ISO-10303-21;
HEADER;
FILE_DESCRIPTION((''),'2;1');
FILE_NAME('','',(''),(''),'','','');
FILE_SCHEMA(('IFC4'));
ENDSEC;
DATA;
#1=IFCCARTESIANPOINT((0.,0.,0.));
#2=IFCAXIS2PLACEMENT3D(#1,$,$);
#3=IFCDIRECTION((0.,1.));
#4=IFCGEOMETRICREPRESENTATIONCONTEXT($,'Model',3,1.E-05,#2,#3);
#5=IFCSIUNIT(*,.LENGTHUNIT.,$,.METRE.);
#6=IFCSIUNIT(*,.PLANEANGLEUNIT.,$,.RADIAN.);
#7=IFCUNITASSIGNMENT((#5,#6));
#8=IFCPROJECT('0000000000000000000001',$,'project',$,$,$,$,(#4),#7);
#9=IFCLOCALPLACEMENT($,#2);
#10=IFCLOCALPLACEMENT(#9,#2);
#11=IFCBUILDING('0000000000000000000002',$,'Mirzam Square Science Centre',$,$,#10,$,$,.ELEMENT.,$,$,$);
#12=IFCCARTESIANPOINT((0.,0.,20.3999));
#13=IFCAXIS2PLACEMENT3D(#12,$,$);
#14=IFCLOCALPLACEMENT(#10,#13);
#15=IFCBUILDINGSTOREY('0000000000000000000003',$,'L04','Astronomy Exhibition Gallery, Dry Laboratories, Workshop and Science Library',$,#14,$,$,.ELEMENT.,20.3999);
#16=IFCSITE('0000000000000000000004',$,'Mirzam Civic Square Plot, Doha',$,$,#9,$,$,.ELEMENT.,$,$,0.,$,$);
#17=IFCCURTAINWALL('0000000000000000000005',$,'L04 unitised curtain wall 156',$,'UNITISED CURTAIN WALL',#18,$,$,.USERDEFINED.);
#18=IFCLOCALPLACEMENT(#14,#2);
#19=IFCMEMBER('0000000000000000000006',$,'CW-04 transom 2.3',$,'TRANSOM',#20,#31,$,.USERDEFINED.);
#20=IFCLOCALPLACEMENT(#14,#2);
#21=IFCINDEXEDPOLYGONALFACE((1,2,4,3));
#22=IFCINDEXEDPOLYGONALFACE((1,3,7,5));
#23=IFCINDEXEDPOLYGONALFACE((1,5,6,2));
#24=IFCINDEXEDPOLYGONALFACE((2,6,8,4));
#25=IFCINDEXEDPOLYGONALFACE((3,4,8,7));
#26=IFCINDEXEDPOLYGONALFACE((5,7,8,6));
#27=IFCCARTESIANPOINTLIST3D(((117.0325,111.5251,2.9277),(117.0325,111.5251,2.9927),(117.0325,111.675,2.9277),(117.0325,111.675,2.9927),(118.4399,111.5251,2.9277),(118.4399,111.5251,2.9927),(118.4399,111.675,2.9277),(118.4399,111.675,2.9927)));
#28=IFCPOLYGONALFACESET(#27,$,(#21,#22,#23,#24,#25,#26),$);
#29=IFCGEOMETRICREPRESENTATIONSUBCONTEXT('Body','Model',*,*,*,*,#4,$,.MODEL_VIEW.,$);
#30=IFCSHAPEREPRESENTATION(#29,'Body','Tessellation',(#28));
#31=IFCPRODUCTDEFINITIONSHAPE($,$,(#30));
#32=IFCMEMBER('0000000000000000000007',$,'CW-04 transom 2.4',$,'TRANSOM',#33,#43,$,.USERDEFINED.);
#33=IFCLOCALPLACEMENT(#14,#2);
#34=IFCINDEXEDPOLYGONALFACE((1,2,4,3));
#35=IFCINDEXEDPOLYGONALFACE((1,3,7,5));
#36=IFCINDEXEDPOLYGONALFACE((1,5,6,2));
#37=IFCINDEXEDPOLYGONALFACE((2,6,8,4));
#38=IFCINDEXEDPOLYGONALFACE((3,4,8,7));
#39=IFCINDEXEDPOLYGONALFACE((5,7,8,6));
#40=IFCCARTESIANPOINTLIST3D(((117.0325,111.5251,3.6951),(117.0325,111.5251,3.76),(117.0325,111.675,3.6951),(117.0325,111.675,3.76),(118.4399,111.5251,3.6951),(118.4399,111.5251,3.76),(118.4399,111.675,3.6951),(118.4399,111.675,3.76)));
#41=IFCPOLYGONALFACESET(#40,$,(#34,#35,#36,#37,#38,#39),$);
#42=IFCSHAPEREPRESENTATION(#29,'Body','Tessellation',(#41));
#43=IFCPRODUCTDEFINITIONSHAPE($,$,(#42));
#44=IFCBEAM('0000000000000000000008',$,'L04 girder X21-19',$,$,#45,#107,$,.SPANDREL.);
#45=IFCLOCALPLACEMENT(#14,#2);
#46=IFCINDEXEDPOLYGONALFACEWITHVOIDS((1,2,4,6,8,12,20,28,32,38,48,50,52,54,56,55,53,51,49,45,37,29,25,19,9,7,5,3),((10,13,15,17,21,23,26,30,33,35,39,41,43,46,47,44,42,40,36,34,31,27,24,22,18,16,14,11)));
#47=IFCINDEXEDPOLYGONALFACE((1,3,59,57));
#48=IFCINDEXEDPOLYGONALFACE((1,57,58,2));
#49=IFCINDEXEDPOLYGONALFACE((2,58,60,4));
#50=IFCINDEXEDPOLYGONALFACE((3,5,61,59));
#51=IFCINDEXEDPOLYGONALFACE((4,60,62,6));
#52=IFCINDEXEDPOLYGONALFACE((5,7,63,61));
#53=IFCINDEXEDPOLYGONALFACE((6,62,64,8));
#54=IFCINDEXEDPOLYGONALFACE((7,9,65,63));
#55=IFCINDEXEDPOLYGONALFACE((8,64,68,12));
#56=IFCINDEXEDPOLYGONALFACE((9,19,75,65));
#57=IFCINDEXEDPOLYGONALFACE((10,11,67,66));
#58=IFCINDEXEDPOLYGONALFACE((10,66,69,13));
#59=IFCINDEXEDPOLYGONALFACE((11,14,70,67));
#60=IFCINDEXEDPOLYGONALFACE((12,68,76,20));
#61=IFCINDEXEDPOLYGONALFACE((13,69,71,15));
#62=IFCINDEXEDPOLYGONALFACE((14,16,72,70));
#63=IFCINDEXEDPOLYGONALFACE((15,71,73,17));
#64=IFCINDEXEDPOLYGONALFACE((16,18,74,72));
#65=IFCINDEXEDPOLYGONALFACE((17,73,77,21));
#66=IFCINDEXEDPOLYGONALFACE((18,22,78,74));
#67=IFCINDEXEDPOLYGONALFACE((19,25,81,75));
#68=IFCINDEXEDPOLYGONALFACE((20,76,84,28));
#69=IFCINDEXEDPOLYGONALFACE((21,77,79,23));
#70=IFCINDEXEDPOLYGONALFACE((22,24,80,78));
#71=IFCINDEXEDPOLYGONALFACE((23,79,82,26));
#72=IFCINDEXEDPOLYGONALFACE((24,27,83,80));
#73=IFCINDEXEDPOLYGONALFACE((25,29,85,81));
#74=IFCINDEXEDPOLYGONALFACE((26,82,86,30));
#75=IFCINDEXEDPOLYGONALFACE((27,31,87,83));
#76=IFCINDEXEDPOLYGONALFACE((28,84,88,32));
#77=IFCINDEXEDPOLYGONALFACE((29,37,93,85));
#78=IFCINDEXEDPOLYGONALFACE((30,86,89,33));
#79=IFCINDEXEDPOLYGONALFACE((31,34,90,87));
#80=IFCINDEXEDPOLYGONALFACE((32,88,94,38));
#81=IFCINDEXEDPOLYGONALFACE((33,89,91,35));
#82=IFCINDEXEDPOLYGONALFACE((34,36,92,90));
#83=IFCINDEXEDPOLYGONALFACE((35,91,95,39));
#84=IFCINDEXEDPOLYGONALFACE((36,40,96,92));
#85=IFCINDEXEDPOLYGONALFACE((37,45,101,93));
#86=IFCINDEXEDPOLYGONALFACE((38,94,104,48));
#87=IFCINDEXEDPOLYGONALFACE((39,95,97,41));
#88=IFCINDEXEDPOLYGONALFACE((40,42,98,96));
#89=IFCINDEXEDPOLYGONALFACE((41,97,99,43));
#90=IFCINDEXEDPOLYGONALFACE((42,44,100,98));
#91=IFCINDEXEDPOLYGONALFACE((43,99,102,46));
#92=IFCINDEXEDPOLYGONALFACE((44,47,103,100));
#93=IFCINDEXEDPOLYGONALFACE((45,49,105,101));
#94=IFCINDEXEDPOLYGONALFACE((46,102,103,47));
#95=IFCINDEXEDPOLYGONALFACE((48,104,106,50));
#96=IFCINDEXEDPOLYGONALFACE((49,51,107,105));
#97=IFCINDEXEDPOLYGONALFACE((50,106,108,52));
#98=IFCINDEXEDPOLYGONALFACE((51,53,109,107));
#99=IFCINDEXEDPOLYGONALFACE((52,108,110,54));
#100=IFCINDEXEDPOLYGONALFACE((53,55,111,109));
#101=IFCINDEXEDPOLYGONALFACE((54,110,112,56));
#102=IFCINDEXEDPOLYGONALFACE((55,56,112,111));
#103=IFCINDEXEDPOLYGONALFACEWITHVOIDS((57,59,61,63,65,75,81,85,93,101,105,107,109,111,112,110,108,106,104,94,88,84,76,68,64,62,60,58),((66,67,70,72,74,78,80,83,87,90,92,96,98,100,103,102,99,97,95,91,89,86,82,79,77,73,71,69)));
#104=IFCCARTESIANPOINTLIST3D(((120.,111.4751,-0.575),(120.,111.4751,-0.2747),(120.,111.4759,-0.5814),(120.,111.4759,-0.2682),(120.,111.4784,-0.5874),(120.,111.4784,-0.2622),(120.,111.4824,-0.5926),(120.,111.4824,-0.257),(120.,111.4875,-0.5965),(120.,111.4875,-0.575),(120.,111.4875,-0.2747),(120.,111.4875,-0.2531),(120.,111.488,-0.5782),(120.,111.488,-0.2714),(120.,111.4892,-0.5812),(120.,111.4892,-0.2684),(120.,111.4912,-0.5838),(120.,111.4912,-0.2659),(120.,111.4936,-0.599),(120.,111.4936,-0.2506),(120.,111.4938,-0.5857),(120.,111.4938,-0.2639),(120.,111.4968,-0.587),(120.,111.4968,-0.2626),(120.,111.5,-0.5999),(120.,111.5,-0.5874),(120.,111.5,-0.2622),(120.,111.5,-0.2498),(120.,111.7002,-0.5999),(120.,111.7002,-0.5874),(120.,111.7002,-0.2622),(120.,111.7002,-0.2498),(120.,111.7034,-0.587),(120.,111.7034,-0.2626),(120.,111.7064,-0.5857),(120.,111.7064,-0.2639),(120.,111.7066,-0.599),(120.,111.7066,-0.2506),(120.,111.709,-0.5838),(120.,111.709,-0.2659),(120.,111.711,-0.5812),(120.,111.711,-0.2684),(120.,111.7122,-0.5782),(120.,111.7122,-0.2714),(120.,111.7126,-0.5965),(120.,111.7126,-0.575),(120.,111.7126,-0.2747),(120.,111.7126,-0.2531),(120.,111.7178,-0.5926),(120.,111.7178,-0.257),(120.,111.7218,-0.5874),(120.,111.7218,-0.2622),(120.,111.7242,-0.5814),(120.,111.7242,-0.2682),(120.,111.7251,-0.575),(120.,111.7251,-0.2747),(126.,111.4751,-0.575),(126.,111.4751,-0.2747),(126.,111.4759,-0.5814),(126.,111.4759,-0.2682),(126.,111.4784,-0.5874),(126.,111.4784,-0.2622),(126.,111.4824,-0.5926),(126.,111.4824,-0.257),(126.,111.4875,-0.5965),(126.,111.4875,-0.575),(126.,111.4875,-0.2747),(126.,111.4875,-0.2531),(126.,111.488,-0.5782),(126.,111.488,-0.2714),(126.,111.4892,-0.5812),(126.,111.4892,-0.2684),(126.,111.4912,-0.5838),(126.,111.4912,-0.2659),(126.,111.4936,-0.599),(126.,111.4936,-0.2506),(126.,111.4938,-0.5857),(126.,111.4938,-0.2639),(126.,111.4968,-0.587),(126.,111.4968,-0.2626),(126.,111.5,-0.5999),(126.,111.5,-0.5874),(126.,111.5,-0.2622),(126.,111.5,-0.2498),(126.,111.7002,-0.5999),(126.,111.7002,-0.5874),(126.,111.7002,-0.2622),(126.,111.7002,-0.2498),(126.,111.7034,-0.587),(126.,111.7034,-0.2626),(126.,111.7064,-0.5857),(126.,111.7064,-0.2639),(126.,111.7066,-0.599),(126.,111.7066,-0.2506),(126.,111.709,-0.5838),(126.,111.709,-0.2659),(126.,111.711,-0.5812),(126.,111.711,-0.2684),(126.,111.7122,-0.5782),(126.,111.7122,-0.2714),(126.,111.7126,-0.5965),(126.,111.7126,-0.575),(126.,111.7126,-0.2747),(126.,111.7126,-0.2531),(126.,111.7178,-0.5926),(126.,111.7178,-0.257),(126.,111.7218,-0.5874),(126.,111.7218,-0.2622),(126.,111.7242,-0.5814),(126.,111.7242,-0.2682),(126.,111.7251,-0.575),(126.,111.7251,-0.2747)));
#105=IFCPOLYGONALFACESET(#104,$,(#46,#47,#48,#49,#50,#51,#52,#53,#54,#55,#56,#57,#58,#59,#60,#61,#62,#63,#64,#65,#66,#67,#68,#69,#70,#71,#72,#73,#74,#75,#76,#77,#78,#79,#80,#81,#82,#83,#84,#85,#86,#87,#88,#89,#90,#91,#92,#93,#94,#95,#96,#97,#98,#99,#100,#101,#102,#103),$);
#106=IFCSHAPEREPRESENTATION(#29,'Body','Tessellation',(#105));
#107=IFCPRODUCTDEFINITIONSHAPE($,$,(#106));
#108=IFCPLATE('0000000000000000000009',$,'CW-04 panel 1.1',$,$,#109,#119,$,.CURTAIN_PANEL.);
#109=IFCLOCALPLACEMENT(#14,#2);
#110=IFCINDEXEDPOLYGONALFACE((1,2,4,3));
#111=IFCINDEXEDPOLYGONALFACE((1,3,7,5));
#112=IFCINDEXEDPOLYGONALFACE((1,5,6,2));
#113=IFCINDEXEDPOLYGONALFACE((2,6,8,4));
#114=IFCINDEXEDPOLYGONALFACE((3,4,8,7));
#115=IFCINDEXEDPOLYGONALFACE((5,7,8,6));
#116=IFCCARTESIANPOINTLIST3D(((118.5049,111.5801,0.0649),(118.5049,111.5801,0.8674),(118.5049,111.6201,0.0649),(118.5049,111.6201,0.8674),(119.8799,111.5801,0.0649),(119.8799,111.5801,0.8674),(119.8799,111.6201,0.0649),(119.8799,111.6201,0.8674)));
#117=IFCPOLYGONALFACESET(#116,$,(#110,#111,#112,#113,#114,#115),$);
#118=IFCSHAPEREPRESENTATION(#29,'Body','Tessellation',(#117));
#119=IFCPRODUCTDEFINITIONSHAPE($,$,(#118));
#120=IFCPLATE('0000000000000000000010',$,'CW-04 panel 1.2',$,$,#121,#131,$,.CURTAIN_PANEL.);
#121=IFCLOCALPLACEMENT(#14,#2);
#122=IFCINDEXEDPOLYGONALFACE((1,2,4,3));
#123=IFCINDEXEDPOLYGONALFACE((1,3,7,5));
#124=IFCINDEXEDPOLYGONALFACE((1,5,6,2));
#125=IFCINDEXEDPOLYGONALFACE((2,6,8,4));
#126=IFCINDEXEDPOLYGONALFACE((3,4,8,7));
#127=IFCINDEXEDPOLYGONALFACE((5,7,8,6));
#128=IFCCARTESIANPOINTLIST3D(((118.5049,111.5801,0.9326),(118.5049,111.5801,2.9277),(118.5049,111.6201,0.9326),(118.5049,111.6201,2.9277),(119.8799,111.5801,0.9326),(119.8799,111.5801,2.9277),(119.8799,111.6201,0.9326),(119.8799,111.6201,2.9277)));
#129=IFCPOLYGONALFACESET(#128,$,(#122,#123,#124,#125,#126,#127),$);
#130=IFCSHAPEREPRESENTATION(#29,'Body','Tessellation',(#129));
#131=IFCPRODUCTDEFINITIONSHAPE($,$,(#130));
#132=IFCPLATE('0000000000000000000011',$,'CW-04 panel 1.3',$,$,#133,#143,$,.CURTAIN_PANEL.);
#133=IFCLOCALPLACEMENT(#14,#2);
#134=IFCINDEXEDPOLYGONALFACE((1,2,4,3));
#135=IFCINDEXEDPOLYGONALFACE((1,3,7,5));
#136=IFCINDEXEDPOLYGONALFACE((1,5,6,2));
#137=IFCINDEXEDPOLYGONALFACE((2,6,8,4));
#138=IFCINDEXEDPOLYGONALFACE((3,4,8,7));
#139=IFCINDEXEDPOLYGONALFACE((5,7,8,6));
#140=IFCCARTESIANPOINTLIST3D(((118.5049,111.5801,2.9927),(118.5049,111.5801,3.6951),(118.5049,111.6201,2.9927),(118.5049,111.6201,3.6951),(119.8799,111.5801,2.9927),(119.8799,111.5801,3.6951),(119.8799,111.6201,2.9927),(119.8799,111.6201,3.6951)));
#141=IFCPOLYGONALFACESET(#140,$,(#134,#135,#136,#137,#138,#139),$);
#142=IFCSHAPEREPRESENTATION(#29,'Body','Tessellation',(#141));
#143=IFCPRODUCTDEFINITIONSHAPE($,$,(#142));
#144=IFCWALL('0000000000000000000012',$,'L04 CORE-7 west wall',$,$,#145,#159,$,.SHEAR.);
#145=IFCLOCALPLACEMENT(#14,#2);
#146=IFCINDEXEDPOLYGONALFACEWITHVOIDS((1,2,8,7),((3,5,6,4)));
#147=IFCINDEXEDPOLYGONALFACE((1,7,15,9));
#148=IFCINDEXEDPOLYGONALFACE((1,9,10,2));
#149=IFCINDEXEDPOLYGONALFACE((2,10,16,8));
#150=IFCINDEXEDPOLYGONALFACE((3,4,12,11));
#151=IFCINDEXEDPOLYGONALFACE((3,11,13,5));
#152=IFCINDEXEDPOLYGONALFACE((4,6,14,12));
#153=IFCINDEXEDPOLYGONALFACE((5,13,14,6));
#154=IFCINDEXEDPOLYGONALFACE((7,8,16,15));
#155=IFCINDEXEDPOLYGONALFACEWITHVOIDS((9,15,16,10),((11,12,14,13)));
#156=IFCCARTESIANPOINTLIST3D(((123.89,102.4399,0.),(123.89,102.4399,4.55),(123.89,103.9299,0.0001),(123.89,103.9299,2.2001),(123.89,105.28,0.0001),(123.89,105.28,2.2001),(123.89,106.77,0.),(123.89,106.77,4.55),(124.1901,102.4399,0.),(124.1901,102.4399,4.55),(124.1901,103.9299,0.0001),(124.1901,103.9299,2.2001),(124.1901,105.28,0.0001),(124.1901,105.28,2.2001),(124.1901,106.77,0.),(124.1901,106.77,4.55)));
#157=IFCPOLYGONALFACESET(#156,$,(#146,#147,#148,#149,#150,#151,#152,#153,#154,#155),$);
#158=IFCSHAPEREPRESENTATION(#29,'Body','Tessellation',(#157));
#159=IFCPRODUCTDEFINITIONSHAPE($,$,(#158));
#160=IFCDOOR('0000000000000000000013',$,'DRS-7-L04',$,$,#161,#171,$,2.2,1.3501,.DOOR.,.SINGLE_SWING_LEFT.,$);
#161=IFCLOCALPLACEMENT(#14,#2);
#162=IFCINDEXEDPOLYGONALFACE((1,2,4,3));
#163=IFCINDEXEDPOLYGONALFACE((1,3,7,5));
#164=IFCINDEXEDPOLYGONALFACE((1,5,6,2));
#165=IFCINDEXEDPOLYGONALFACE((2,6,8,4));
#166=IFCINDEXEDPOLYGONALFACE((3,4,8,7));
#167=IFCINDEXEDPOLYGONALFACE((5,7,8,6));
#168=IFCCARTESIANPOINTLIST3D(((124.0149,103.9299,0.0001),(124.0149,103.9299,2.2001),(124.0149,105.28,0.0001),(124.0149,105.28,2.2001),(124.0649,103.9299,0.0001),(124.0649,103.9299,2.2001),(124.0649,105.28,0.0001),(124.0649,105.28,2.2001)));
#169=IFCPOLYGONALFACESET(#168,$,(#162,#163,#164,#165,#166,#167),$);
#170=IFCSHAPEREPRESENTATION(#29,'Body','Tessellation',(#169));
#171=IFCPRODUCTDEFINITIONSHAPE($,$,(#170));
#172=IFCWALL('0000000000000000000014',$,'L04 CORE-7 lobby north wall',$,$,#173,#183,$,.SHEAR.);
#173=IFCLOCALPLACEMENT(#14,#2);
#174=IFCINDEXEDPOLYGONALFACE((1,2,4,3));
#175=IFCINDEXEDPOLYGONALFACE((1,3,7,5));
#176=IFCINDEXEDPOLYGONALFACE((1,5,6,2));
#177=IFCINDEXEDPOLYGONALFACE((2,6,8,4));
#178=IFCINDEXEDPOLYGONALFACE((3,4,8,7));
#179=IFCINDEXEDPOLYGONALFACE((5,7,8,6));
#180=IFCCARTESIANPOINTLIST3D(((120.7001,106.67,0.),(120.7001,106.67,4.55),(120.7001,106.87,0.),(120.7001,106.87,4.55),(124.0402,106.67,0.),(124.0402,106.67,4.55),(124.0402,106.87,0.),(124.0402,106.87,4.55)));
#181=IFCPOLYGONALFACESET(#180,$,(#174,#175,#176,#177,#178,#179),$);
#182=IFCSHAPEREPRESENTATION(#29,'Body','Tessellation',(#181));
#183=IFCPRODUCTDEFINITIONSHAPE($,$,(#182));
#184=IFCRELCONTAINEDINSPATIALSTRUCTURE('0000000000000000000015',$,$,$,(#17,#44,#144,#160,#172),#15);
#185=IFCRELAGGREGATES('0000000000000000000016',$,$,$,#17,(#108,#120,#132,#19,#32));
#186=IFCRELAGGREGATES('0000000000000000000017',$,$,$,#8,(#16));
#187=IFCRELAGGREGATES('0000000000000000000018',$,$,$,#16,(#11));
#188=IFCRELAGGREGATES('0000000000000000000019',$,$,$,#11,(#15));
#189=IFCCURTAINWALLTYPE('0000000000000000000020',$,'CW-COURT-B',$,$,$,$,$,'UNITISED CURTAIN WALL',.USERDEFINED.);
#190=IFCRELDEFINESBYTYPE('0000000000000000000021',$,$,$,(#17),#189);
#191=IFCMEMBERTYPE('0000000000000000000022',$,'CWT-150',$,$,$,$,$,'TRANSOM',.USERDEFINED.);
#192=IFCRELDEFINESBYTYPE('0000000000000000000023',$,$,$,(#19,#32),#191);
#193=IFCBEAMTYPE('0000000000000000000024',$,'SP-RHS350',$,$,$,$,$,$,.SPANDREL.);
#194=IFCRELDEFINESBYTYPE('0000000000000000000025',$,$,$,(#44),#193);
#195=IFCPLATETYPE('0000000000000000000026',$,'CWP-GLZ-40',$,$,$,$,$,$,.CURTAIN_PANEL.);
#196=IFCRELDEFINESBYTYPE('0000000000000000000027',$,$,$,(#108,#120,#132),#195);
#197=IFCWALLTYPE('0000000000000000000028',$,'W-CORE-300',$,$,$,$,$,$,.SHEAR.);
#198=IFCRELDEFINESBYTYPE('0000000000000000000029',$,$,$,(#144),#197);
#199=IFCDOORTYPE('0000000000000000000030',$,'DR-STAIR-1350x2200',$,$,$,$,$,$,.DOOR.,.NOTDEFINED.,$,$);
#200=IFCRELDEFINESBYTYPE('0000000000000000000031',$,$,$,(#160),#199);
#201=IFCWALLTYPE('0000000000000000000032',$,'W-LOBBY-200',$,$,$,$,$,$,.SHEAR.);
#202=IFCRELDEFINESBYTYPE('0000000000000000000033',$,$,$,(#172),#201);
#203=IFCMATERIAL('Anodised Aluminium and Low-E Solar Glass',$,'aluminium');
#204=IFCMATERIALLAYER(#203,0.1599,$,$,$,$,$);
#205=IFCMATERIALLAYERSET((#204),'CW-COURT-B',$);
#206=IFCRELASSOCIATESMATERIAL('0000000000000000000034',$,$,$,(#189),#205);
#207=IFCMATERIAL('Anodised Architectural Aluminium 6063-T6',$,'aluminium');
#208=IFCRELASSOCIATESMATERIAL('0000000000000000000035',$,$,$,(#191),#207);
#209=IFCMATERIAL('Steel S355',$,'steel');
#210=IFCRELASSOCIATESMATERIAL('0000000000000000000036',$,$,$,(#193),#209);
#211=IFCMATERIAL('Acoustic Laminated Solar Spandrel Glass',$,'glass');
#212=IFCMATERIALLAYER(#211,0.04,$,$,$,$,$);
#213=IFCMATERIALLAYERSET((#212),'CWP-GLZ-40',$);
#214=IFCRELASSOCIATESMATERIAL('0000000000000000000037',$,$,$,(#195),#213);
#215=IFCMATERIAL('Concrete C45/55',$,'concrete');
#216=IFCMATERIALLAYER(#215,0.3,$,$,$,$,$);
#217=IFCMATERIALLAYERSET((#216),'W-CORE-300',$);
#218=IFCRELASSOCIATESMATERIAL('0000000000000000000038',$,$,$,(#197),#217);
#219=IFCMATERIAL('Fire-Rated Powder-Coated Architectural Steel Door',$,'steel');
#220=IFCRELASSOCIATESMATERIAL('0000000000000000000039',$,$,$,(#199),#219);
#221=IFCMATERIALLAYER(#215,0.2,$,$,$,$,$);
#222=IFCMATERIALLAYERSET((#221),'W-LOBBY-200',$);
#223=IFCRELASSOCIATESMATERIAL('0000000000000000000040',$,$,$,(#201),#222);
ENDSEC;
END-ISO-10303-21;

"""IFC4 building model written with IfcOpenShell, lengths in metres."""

from ifc_helpers import new_model, si_unit, direction, frame, frame_2d, origin, origin_2d, place, context, subcontext, project, spatial, rectangle, hollow_rectangle, extrude, material, layer, layer_set, material_profile, profile_set, type_object, element, fill, aggregate, save


model = new_model("IFC4")

# Units and contexts
model_context = context("Model", 3, precision=1e-05, world=origin(), true_north=direction((0.0, 1.0)))
body_context = subcontext(model_context, "Body", "Model", "MODEL_VIEW")
ifc_project = project(units=[si_unit("LENGTHUNIT", "METRE"), si_unit("PLANEANGLEUNIT", "RADIAN")], contexts=[model_context])

# Site, building, storey
site_placement = place(None, origin())
site = spatial("IfcSite", under=ifc_project, at=site_placement, Name="Mirzam Civic Square Plot, Doha", CompositionType="ELEMENT", RefElevation=0.0)
building_placement = place(site_placement, origin())
building = spatial("IfcBuilding", under=site, at=building_placement, Name="Mirzam Square Science Centre", CompositionType="ELEMENT")
storey_placement = place(building_placement, frame((0.0, 0.0, 20.3999)))
storey = spatial("IfcBuildingStorey", under=building, at=storey_placement, Name="L04", Description="Astronomy Exhibition Gallery, Dry Laboratories, Workshop and Science Library", CompositionType="ELEMENT", Elevation=20.3999)

# Shared definitions
ifc_material_1 = material(Name="Steel S355", Category="steel")

# Curtain wall, members
ifc_material_2 = material(Name="Anodised Aluminium and Low-E Solar Glass", Category="aluminium")
ifc_layer_1 = layer(ifc_material_2, 0.1599)
ifc_layer_set_1 = layer_set([ifc_layer_1], Name="CW-COURT-B")
curtain_wall_type = type_object("IfcCurtainWallType", Name="CW-COURT-B", ElementType="UNITISED CURTAIN WALL", PredefinedType="USERDEFINED", material=ifc_layer_set_1)
curtain_wall_placement = place(storey_placement, origin())
curtain_wall = element("IfcCurtainWall", 1, at=curtain_wall_placement, inside=storey, type_object=curtain_wall_type, Name="L04 unitised curtain wall 156", ObjectType="UNITISED CURTAIN WALL", PredefinedType="USERDEFINED")
ifc_material_3 = material(Name="Anodised Architectural Aluminium 6063-T6", Category="aluminium")
ifc_material_profile_1 = material_profile(ifc_material_3, rectangle(XDim=0.1499, YDim=0.0649, at=origin_2d()), Name="ALU-TRAN-150x65x4")
ifc_profile_set_1 = profile_set([ifc_material_profile_1], Name="Anodised Architectural Aluminium 6063-T6")
member_type_1 = type_object("IfcMemberType", Name="CWT-150", ElementType="TRANSOM", PredefinedType="USERDEFINED", material=ifc_profile_set_1)
member_1_placement = place(storey_placement, frame((118.4399, 111.6001, 2.9602), z_axis=(-1.0, 0.0, 0.0), x_axis=(0.0, -1.0, 0.0)))
member_1 = element("IfcMember", 2, at=member_1_placement, type_object=member_type_1, Name="CW-04 transom 2.3", ObjectType="TRANSOM", PredefinedType="USERDEFINED", context=body_context, shape_type="SweptSolid", body=[
    extrude(rectangle(XDim=0.1499, YDim=0.0649, at=origin_2d()), origin(), (0.0, 0.0, 1.0), 1.4075),
])
member_2_placement = place(storey_placement, frame((118.4399, 111.6001, 3.7275), z_axis=(-1.0, 0.0, 0.0), x_axis=(0.0, -1.0, 0.0)))
member_2 = element("IfcMember", 3, at=member_2_placement, type_object=member_type_1, Name="CW-04 transom 2.4", ObjectType="TRANSOM", PredefinedType="USERDEFINED", context=body_context, shape_type="SweptSolid", body=[
    extrude(rectangle(XDim=0.1499, YDim=0.0649, at=origin_2d()), origin(), (0.0, 0.0, 1.0), 1.4075),
])

# Beam
ifc_material_profile_2 = material_profile(ifc_material_1, hollow_rectangle(XDim=0.25, YDim=0.3501, WallThickness=0.0125, InnerFilletRadius=0.0125, OuterFilletRadius=0.0249, at=origin_2d()), Name="350x250x12.5RHS")
ifc_profile_set_2 = profile_set([ifc_material_profile_2], Name="Steel S355")
beam_type = type_object("IfcBeamType", Name="SP-RHS350", PredefinedType="SPANDREL", material=ifc_profile_set_2)
beam_placement = place(storey_placement, frame((120.0, 111.6001, -0.4248), z_axis=(1.0, 0.0, 0.0), x_axis=(0.0, 1.0, 0.0)))
element("IfcBeam", 4, at=beam_placement, inside=storey, type_object=beam_type, Name="L04 girder X21-19", PredefinedType="SPANDREL", context=body_context, shape_type="SweptSolid", body=[
    extrude(hollow_rectangle(XDim=0.25, YDim=0.3501, WallThickness=0.0125, InnerFilletRadius=0.0125, OuterFilletRadius=0.0249, at=origin_2d()), origin(), (0.0, 0.0, 1.0), 6.0),
])

# Plates
ifc_material_4 = material(Name="Acoustic Laminated Solar Spandrel Glass", Category="glass")
ifc_layer_2 = layer(ifc_material_4, 0.04)
ifc_layer_set_2 = layer_set([ifc_layer_2], Name="CWP-GLZ-40")
plate_type = type_object("IfcPlateType", Name="CWP-GLZ-40", PredefinedType="CURTAIN_PANEL", material=ifc_layer_set_2)
plate_1_placement = place(storey_placement, frame((119.1924, 111.6001, 0.0649), z_axis=(0.0, 0.0, 1.0), x_axis=(-1.0, 0.0, 0.0)))
plate_1 = element("IfcPlate", 5, at=plate_1_placement, type_object=plate_type, Name="CW-04 panel 1.1", PredefinedType="CURTAIN_PANEL", context=body_context, shape_type="SweptSolid", body=[
    extrude(rectangle(XDim=1.375, YDim=0.04, at=origin_2d()), origin(), (0.0, 0.0, 1.0), 0.8025),
])
plate_2_placement = place(storey_placement, frame((119.1924, 111.6001, 0.9326), z_axis=(0.0, 0.0, 1.0), x_axis=(-1.0, 0.0, 0.0)))
plate_2 = element("IfcPlate", 6, at=plate_2_placement, type_object=plate_type, Name="CW-04 panel 1.2", PredefinedType="CURTAIN_PANEL", context=body_context, shape_type="SweptSolid", body=[
    extrude(rectangle(XDim=1.375, YDim=0.04, at=origin_2d()), origin(), (0.0, 0.0, 1.0), 1.9951),
])
plate_3_placement = place(storey_placement, frame((119.1924, 111.6001, 2.9927), z_axis=(0.0, 0.0, 1.0), x_axis=(-1.0, 0.0, 0.0)))
plate_3 = element("IfcPlate", 7, at=plate_3_placement, type_object=plate_type, Name="CW-04 panel 1.3", PredefinedType="CURTAIN_PANEL", context=body_context, shape_type="SweptSolid", body=[
    extrude(rectangle(XDim=1.375, YDim=0.04, at=origin_2d()), origin(), (0.0, 0.0, 1.0), 0.7024),
])
aggregate(curtain_wall, [plate_1, plate_2, plate_3, member_1, member_2])

# Wall, opening, door
ifc_material_5 = material(Name="Concrete C45/55", Category="concrete")
ifc_layer_3 = layer(ifc_material_5, 0.3)
ifc_layer_set_3 = layer_set([ifc_layer_3], Name="W-CORE-300")
wall_type_1 = type_object("IfcWallType", Name="W-CORE-300", PredefinedType="SHEAR", material=ifc_layer_set_3)
wall_1_placement = place(storey_placement, frame((124.04, 106.77, 0.0), z_axis=(0.0, 0.0, 1.0), x_axis=(0.0, -1.0, 0.0)))
wall_1 = element("IfcWall", 8, at=wall_1_placement, inside=storey, type_object=wall_type_1, Name="L04 CORE-7 west wall", PredefinedType="SHEAR", context=body_context, shape_type="SweptSolid", body=[
    extrude(rectangle(XDim=4.3301, YDim=0.3, at=frame_2d((2.165, 0.0))), origin(), (0.0, 0.0, 1.0), 4.55),
])
opening_placement = place(wall_1_placement, frame((1.49, 0.0, 0.0)))
opening = element("IfcOpeningElement", 9, at=opening_placement, cuts=wall_1, PredefinedType="OPENING", context=body_context, shape_type="SweptSolid", body=[
    extrude(rectangle(XDim=1.3501, YDim=2.2, at=frame_2d((0.675, 1.1001))), frame((0.0, 0.1599, 0.0), z_axis=(0.0, -1.0, 0.0), x_axis=(1.0, 0.0, 0.0)), (0.0, 0.0, 1.0), 0.3201),
])
ifc_material_6 = material(Name="Fire-Rated Powder-Coated Architectural Steel Door", Category="steel")
door_type = type_object("IfcDoorType", Name="DR-STAIR-1350x2200", OperationType="NOTDEFINED", PredefinedType="DOOR", material=ifc_material_6)
door_placement = place(opening_placement, origin())
door = element("IfcDoor", 10, at=door_placement, inside=storey, type_object=door_type, Name="DRS-7-L04", OperationType="SINGLE_SWING_LEFT", OverallHeight=2.2, OverallWidth=1.3501, PredefinedType="DOOR", context=body_context, shape_type="SweptSolid", body=[
    extrude(rectangle(XDim=1.3501, YDim=2.2, at=frame_2d((0.675, 1.1001))), frame((0.0, 0.0249, 0.0), z_axis=(0.0, -1.0, 0.0), x_axis=(1.0, 0.0, 0.0)), (0.0, 0.0, 1.0), 0.05),
])
fill(opening, door)

# Wall
ifc_layer_4 = layer(ifc_material_5, 0.2)
ifc_layer_set_4 = layer_set([ifc_layer_4], Name="W-LOBBY-200")
wall_type_2 = type_object("IfcWallType", Name="W-LOBBY-200", PredefinedType="SHEAR", material=ifc_layer_set_4)
wall_2_placement = place(storey_placement, frame((124.04, 106.77, 0.0), z_axis=(0.0, 0.0, 1.0), x_axis=(-1.0, 0.0, 0.0)))
element("IfcWall", 11, at=wall_2_placement, inside=storey, type_object=wall_type_2, Name="L04 CORE-7 lobby north wall", PredefinedType="SHEAR", context=body_context, shape_type="SweptSolid", body=[
    extrude(rectangle(XDim=3.3401, YDim=0.2, at=frame_2d((1.6699, 0.0))), origin(), (0.0, 0.0, 1.0), 4.55),
])

save(model, "model.ifc")
